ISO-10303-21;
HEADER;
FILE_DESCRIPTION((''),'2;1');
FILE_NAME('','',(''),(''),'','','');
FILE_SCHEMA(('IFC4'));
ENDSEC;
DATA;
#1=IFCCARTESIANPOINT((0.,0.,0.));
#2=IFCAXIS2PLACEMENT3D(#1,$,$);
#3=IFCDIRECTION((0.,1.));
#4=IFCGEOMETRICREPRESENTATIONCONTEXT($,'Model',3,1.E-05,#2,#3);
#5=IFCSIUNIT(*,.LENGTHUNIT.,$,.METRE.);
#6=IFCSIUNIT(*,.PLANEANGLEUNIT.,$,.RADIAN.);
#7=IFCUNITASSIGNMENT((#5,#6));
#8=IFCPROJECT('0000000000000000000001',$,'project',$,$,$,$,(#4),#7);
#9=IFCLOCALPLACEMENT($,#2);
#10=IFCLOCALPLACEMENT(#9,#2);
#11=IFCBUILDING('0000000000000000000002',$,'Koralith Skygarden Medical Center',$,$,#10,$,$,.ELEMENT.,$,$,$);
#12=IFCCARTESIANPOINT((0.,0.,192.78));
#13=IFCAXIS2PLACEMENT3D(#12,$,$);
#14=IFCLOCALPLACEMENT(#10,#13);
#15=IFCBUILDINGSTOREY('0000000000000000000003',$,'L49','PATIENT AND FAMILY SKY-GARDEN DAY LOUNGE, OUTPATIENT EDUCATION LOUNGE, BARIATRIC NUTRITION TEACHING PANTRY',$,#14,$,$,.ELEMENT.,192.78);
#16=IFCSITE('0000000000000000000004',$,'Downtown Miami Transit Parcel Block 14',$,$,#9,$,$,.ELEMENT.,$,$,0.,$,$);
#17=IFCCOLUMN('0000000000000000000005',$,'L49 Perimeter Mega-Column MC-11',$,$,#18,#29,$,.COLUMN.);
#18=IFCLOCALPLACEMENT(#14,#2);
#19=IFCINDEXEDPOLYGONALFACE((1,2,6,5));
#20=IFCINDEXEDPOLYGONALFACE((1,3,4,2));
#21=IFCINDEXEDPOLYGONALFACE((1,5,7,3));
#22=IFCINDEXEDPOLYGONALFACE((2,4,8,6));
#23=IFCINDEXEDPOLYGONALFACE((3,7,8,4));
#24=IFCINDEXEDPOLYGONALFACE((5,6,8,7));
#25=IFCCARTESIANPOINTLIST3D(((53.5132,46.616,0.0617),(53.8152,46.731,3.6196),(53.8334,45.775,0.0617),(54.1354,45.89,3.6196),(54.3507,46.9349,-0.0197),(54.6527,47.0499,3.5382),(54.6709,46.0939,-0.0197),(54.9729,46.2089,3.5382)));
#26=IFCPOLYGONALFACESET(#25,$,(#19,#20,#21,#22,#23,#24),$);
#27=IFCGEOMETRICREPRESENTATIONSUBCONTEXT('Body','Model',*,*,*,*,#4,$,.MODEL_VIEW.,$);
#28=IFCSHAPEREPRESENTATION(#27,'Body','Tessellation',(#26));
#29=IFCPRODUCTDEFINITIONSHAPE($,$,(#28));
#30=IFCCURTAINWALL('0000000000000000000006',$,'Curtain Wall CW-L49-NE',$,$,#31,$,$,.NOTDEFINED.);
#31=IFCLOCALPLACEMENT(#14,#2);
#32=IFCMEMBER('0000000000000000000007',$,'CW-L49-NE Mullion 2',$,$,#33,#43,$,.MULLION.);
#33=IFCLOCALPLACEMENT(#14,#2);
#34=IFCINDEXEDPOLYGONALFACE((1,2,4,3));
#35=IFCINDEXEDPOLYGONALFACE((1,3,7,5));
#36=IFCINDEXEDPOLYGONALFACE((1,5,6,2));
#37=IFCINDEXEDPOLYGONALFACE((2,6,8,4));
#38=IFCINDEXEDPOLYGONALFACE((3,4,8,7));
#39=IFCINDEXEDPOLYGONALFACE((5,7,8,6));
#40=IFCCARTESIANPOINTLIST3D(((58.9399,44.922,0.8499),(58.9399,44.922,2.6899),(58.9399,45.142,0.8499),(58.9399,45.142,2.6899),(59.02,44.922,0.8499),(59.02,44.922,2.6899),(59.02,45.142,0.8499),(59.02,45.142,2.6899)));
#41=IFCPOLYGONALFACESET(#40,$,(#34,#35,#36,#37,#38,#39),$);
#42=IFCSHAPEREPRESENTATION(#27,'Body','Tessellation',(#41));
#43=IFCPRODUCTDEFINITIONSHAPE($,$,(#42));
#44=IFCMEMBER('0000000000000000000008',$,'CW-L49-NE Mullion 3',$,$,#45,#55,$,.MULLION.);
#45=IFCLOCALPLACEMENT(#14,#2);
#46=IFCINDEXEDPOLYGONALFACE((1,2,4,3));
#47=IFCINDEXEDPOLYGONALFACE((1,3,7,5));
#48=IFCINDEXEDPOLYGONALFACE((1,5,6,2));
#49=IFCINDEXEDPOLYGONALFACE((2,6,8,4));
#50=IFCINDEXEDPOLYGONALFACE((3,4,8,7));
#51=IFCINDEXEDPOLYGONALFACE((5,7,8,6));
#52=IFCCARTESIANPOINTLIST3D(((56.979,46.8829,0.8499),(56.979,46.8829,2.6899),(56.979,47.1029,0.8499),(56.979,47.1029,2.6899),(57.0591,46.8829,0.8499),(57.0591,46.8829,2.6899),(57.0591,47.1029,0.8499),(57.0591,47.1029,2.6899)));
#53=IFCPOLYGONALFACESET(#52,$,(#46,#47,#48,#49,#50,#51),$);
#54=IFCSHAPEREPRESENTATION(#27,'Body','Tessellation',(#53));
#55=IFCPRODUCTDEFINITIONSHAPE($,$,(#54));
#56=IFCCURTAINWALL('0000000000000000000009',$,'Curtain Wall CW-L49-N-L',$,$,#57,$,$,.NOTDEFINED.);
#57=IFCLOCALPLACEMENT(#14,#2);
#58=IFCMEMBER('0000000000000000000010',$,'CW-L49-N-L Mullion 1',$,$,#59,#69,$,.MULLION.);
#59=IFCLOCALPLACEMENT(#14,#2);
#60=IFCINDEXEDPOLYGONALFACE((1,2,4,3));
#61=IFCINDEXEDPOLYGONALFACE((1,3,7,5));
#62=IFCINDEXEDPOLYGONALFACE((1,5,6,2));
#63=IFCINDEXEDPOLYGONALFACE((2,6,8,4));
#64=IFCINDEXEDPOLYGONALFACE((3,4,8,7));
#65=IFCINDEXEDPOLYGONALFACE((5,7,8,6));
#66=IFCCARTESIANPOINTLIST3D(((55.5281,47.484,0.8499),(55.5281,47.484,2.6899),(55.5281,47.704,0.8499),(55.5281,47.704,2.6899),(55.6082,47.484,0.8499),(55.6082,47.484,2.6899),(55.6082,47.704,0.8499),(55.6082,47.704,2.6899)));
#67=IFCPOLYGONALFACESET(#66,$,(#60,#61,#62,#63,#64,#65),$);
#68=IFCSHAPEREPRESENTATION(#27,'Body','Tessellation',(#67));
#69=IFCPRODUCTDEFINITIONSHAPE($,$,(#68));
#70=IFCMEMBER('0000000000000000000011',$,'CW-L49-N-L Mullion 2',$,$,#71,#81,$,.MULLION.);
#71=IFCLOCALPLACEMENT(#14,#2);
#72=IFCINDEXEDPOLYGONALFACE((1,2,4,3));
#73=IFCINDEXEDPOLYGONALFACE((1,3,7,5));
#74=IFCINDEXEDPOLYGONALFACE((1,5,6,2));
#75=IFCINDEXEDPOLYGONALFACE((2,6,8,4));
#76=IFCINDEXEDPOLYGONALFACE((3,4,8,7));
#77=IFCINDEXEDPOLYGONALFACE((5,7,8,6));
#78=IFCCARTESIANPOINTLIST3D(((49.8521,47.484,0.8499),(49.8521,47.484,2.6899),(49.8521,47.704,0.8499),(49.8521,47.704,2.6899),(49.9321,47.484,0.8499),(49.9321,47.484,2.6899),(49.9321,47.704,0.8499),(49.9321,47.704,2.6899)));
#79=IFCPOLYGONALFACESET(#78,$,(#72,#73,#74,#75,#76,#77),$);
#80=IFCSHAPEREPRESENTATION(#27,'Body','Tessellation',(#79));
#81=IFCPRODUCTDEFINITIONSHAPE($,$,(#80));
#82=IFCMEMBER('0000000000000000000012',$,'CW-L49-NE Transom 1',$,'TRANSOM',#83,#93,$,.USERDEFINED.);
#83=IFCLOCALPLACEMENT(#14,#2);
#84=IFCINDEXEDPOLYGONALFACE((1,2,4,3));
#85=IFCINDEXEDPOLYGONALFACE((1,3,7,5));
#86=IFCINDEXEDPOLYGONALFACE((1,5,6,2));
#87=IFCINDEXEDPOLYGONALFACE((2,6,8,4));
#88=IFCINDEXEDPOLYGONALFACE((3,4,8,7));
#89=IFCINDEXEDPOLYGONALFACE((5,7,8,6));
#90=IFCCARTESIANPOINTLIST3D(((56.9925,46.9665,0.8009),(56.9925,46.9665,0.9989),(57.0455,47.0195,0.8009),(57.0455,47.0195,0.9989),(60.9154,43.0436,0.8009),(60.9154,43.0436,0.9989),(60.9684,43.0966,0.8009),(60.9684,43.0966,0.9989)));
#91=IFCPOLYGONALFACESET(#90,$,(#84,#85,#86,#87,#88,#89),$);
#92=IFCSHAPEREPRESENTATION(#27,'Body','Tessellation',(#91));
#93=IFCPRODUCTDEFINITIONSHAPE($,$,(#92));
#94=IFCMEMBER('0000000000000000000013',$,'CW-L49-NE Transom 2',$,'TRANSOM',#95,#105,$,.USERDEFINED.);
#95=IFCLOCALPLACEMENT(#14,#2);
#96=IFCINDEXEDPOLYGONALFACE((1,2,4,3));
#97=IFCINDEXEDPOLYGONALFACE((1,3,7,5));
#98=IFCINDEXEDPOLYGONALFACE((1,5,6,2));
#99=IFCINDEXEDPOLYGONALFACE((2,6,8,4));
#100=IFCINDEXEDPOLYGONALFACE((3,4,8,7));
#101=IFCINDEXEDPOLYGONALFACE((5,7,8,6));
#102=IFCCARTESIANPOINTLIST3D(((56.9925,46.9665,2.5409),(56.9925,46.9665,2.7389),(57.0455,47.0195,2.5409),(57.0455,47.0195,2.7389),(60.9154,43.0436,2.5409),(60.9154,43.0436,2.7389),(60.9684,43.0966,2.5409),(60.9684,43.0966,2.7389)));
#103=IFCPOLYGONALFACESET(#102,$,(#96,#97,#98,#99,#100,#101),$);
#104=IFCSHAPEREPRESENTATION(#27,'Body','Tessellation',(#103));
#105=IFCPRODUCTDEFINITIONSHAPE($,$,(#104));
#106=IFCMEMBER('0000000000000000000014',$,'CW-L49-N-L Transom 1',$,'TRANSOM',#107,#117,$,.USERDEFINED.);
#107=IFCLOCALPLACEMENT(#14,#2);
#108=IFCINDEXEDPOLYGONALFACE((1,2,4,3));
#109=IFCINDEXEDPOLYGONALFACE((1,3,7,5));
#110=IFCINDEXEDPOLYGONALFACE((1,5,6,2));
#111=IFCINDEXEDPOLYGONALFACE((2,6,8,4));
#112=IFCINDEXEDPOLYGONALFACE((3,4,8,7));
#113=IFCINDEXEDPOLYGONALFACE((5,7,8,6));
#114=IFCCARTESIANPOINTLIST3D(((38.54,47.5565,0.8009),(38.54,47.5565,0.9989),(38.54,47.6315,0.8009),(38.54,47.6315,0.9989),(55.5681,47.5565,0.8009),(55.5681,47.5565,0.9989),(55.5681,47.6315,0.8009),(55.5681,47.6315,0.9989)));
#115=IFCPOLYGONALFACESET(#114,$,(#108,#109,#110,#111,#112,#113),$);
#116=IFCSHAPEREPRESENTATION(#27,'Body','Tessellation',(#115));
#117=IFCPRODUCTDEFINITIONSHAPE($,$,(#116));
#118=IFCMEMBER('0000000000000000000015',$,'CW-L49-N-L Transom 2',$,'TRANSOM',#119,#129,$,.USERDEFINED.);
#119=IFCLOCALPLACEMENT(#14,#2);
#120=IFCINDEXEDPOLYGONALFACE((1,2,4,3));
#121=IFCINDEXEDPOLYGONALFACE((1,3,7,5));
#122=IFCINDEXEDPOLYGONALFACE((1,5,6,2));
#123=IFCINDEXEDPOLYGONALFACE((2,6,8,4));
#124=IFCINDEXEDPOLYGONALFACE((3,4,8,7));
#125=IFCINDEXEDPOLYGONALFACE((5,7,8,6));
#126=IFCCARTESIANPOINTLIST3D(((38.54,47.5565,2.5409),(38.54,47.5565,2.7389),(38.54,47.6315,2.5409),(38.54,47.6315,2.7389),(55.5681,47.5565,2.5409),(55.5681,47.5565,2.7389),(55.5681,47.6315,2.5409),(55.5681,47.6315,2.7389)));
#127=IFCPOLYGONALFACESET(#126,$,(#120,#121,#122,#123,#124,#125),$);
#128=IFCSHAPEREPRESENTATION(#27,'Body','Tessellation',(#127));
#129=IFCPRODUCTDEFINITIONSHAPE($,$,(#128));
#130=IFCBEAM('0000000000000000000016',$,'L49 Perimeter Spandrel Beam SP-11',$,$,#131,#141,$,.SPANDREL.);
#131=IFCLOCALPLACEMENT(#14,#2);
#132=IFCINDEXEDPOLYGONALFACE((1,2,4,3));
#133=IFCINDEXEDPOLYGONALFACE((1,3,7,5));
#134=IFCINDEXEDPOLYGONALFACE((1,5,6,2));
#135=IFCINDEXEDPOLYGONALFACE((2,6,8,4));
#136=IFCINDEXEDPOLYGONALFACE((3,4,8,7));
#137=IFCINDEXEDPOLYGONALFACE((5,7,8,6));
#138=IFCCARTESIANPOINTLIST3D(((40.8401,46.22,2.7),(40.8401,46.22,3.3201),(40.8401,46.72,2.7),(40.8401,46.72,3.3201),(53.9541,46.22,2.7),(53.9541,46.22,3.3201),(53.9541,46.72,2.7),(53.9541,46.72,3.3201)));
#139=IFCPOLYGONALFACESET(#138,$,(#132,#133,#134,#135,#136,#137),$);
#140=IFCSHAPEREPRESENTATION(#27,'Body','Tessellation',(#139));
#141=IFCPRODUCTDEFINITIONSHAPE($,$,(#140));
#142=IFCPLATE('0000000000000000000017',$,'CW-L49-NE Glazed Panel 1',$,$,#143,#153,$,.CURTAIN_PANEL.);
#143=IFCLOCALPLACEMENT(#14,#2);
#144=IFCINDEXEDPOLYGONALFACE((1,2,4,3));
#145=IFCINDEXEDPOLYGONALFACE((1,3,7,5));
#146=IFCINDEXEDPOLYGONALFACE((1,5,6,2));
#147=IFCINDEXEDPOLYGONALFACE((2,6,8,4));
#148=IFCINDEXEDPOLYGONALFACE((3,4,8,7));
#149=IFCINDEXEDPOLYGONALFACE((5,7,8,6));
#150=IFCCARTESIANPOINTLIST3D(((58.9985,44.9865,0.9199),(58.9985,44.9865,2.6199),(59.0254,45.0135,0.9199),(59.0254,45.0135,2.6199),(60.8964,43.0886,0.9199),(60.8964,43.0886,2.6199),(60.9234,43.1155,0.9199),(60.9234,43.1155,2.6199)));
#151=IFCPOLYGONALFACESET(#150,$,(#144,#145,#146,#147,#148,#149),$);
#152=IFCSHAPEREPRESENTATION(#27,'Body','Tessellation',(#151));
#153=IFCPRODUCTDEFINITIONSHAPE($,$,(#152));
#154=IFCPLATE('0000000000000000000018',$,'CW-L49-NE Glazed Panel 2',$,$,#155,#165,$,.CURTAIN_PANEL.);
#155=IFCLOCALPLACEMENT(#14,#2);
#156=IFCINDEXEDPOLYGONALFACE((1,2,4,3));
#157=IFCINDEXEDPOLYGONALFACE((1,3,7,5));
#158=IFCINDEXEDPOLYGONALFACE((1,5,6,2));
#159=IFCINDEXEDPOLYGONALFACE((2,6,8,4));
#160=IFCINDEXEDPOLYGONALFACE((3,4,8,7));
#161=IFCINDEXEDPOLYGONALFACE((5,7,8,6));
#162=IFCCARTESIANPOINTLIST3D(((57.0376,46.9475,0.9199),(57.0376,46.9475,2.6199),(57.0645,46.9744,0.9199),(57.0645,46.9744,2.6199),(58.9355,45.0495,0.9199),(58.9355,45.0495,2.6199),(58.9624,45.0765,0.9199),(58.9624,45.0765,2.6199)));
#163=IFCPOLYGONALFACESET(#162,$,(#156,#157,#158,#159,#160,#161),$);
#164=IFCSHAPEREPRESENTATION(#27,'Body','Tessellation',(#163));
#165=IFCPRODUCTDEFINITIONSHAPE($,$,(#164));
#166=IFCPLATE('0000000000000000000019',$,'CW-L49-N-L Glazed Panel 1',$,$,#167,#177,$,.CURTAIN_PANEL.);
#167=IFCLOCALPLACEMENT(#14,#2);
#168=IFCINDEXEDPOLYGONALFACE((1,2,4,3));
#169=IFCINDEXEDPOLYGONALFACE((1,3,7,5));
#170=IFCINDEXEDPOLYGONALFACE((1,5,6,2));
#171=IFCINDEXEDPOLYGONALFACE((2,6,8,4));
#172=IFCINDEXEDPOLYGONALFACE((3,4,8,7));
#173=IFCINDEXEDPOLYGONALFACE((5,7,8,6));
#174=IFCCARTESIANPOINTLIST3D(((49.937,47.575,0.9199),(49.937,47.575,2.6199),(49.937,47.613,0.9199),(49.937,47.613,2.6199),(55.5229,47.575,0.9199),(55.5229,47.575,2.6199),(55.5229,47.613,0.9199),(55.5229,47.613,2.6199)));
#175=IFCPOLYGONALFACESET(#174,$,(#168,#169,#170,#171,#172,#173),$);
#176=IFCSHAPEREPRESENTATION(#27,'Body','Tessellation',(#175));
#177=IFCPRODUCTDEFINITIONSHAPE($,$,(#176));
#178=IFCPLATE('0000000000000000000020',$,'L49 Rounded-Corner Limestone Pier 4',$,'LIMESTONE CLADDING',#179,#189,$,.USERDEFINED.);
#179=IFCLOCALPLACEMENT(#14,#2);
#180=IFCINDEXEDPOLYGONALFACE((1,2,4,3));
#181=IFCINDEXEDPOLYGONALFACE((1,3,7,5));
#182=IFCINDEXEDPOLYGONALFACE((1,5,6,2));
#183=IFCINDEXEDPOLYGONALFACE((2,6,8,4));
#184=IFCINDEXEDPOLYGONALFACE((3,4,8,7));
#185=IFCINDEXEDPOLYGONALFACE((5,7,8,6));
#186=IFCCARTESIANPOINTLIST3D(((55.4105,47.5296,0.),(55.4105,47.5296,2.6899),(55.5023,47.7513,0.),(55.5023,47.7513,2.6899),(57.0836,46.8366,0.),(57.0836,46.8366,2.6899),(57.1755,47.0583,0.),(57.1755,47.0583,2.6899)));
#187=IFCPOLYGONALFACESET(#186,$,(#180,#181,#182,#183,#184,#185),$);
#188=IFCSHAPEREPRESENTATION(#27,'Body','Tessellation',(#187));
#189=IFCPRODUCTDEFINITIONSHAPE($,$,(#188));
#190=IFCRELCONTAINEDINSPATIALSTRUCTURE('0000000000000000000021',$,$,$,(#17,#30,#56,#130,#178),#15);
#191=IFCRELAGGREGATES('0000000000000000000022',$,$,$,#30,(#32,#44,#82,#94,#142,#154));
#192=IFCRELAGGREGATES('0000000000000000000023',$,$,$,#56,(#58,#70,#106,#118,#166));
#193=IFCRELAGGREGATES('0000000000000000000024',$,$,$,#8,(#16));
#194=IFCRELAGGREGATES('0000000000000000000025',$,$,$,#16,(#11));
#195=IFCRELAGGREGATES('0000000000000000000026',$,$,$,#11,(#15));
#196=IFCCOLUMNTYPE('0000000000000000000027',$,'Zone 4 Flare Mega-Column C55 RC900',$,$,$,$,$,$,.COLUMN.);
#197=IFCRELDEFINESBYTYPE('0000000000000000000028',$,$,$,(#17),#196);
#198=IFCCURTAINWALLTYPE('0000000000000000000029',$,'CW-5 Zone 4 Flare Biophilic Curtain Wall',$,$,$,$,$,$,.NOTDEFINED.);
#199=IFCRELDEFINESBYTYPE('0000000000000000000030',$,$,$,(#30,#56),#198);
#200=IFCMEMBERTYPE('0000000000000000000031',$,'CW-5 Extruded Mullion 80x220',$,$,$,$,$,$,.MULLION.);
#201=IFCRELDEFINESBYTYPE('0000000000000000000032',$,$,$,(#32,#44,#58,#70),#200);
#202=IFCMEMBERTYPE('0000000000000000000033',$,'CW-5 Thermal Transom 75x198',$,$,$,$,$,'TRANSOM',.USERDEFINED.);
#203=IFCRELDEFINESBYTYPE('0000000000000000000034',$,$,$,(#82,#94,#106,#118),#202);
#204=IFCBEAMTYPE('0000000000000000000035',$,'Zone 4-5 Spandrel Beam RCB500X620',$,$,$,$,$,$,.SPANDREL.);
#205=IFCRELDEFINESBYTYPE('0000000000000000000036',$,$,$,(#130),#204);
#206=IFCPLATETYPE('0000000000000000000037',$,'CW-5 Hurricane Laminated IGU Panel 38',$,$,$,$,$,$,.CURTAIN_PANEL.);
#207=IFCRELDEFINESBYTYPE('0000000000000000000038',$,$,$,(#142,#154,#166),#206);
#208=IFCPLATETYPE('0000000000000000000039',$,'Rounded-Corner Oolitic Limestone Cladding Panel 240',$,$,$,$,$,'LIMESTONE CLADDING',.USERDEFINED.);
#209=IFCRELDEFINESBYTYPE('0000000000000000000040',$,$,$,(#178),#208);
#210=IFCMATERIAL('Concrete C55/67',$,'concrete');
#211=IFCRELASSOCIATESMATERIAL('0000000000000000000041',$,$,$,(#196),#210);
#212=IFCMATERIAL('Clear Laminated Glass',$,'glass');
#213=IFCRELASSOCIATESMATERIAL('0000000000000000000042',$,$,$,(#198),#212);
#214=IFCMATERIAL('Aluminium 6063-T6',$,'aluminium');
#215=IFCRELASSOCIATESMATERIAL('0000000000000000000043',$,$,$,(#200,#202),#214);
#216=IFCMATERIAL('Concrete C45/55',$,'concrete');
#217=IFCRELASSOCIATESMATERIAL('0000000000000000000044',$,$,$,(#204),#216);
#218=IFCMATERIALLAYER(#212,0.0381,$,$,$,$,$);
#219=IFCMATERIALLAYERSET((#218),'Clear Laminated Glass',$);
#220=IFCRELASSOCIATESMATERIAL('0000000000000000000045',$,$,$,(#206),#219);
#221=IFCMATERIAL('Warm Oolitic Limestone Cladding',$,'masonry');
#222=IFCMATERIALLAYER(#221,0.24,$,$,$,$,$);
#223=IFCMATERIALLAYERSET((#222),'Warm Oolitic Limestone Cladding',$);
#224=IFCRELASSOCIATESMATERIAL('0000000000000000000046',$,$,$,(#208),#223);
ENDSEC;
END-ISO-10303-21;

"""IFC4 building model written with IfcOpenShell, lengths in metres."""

from ifc_helpers import new_model, si_unit, direction, frame, origin, origin_2d, place, context, subcontext, project, spatial, rectangle, extrude, material, layer, layer_set, material_profile, profile_set, type_object, element, aggregate, save


model = new_model("IFC4")

# Units and contexts
model_context = context("Model", 3, precision=1e-05, world=origin(), true_north=direction((0.0, 1.0)))
body_context = subcontext(model_context, "Body", "Model", "MODEL_VIEW")
ifc_project = project(units=[si_unit("LENGTHUNIT", "METRE"), si_unit("PLANEANGLEUNIT", "RADIAN")], contexts=[model_context])

# Site, building, storey
site_placement = place(None, origin())
site = spatial("IfcSite", under=ifc_project, at=site_placement, Name="Downtown Miami Transit Parcel Block 14", CompositionType="ELEMENT", RefElevation=0.0)
building_placement = place(site_placement, origin())
building = spatial("IfcBuilding", under=site, at=building_placement, Name="Koralith Skygarden Medical Center", CompositionType="ELEMENT")
storey_placement = place(building_placement, frame((0.0, 0.0, 192.78)))
storey = spatial("IfcBuildingStorey", under=building, at=storey_placement, Name="L49", Description="PATIENT AND FAMILY SKY-GARDEN DAY LOUNGE, OUTPATIENT EDUCATION LOUNGE, BARIATRIC NUTRITION TEACHING PANTRY", CompositionType="ELEMENT", Elevation=192.78)

# Column
ifc_material_1 = material(Name="Concrete C55/67", Category="concrete")
ifc_material_profile_1 = material_profile(ifc_material_1, rectangle(XDim=0.8999, YDim=0.8999, at=origin_2d()), Name="RC900X900")
ifc_profile_set_1 = profile_set([ifc_material_profile_1], Name="Concrete C55/67")
column_type = type_object("IfcColumnType", Name="Zone 4 Flare Mega-Column C55 RC900", PredefinedType="COLUMN", material=ifc_profile_set_1)
column_placement = place(storey_placement, frame((54.092, 46.355, 0.021), z_axis=(0.084535, 0.032188, 0.9959), x_axis=(-0.355838, 0.934548, 0.0)))
element("IfcColumn", 1, at=column_placement, inside=storey, type_object=column_type, Name="L49 Perimeter Mega-Column MC-11", PredefinedType="COLUMN", context=body_context, shape_type="SweptSolid", body=[
    extrude(rectangle(XDim=0.8999, YDim=0.8999, at=origin_2d()), origin(), (0.0, 0.0, 1.0), 3.5725),
])

# Curtain walls, members
ifc_material_2 = material(Name="Clear Laminated Glass", Category="glass")
curtain_wall_type = type_object("IfcCurtainWallType", Name="CW-5 Zone 4 Flare Biophilic Curtain Wall", PredefinedType="NOTDEFINED", material=ifc_material_2)
curtain_wall_1_placement = place(storey_placement, origin())
curtain_wall_1 = element("IfcCurtainWall", 2, at=curtain_wall_1_placement, inside=storey, type_object=curtain_wall_type, Name="Curtain Wall CW-L49-NE", PredefinedType="NOTDEFINED")
ifc_material_3 = material(Name="Aluminium 6063-T6", Category="aluminium")
ifc_material_profile_2 = material_profile(ifc_material_3, rectangle(XDim=0.0801, YDim=0.22, at=origin_2d()), Name="MUL80X220")
ifc_profile_set_2 = profile_set([ifc_material_profile_2], Name="Aluminium 6063-T6")
member_type_1 = type_object("IfcMemberType", Name="CW-5 Extruded Mullion 80x220", PredefinedType="MULLION", material=ifc_profile_set_2)
member_1_placement = place(storey_placement, frame((58.98, 45.032, 0.8499), z_axis=(0.0, 0.0, 1.0), x_axis=(1.0, 0.0, 0.0)))
member_1 = element("IfcMember", 3, at=member_1_placement, type_object=member_type_1, Name="CW-L49-NE Mullion 2", PredefinedType="MULLION", context=body_context, shape_type="SweptSolid", body=[
    extrude(rectangle(XDim=0.0801, YDim=0.22, at=origin_2d()), origin(), (0.0, 0.0, 1.0), 1.8401),
])
member_2_placement = place(storey_placement, frame((57.019, 46.9929, 0.8499), z_axis=(0.0, 0.0, 1.0), x_axis=(1.0, 0.0, 0.0)))
member_2 = element("IfcMember", 4, at=member_2_placement, type_object=member_type_1, Name="CW-L49-NE Mullion 3", PredefinedType="MULLION", context=body_context, shape_type="SweptSolid", body=[
    extrude(rectangle(XDim=0.0801, YDim=0.22, at=origin_2d()), origin(), (0.0, 0.0, 1.0), 1.8401),
])
curtain_wall_2_placement = place(storey_placement, origin())
curtain_wall_2 = element("IfcCurtainWall", 5, at=curtain_wall_2_placement, inside=storey, type_object=curtain_wall_type, Name="Curtain Wall CW-L49-N-L", PredefinedType="NOTDEFINED")
member_3_placement = place(storey_placement, frame((55.5681, 47.594, 0.8499), z_axis=(0.0, 0.0, 1.0), x_axis=(1.0, 0.0, 0.0)))
member_3 = element("IfcMember", 6, at=member_3_placement, type_object=member_type_1, Name="CW-L49-N-L Mullion 1", PredefinedType="MULLION", context=body_context, shape_type="SweptSolid", body=[
    extrude(rectangle(XDim=0.0801, YDim=0.22, at=origin_2d()), origin(), (0.0, 0.0, 1.0), 1.8401),
])
member_4_placement = place(storey_placement, frame((49.8921, 47.594, 0.8499), z_axis=(0.0, 0.0, 1.0), x_axis=(1.0, 0.0, 0.0)))
member_4 = element("IfcMember", 7, at=member_4_placement, type_object=member_type_1, Name="CW-L49-N-L Mullion 2", PredefinedType="MULLION", context=body_context, shape_type="SweptSolid", body=[
    extrude(rectangle(XDim=0.0801, YDim=0.22, at=origin_2d()), origin(), (0.0, 0.0, 1.0), 1.8401),
])

# Members
ifc_material_profile_3 = material_profile(ifc_material_3, rectangle(XDim=0.075, YDim=0.198, at=origin_2d()), Name="TRN75X198")
ifc_profile_set_3 = profile_set([ifc_material_profile_3], Name="Aluminium 6063-T6")
member_type_2 = type_object("IfcMemberType", Name="CW-5 Thermal Transom 75x198", ElementType="TRANSOM", PredefinedType="USERDEFINED", material=ifc_profile_set_3)
member_5_placement = place(storey_placement, frame((60.9419, 43.0701, 0.8999), z_axis=(-0.707107, 0.707107, 0.0), x_axis=(-0.707107, -0.707107, 0.0)))
member_5 = element("IfcMember", 8, at=member_5_placement, type_object=member_type_2, Name="CW-L49-NE Transom 1", ObjectType="TRANSOM", PredefinedType="USERDEFINED", context=body_context, shape_type="SweptSolid", body=[
    extrude(rectangle(XDim=0.075, YDim=0.198, at=origin_2d()), origin(), (0.0, 0.0, 1.0), 5.5479),
])
member_6_placement = place(storey_placement, frame((60.9419, 43.0701, 2.6399), z_axis=(-0.707107, 0.707107, 0.0), x_axis=(-0.707107, -0.707107, 0.0)))
member_6 = element("IfcMember", 9, at=member_6_placement, type_object=member_type_2, Name="CW-L49-NE Transom 2", ObjectType="TRANSOM", PredefinedType="USERDEFINED", context=body_context, shape_type="SweptSolid", body=[
    extrude(rectangle(XDim=0.075, YDim=0.198, at=origin_2d()), origin(), (0.0, 0.0, 1.0), 5.5479),
])
member_7_placement = place(storey_placement, frame((55.5681, 47.594, 0.8999), z_axis=(-1.0, 0.0, 0.0), x_axis=(0.0, -1.0, 0.0)))
member_7 = element("IfcMember", 10, at=member_7_placement, type_object=member_type_2, Name="CW-L49-N-L Transom 1", ObjectType="TRANSOM", PredefinedType="USERDEFINED", context=body_context, shape_type="SweptSolid", body=[
    extrude(rectangle(XDim=0.075, YDim=0.198, at=origin_2d()), origin(), (0.0, 0.0, 1.0), 17.0281),
])
member_8_placement = place(storey_placement, frame((55.5681, 47.594, 2.6399), z_axis=(-1.0, 0.0, 0.0), x_axis=(0.0, -1.0, 0.0)))
member_8 = element("IfcMember", 11, at=member_8_placement, type_object=member_type_2, Name="CW-L49-N-L Transom 2", ObjectType="TRANSOM", PredefinedType="USERDEFINED", context=body_context, shape_type="SweptSolid", body=[
    extrude(rectangle(XDim=0.075, YDim=0.198, at=origin_2d()), origin(), (0.0, 0.0, 1.0), 17.0281),
])

# Beam
ifc_material_4 = material(Name="Concrete C45/55", Category="concrete")
ifc_material_profile_4 = material_profile(ifc_material_4, rectangle(XDim=0.5, YDim=0.6201, at=origin_2d()), Name="RCB500X620")
ifc_profile_set_4 = profile_set([ifc_material_profile_4], Name="Concrete C45/55")
beam_type = type_object("IfcBeamType", Name="Zone 4-5 Spandrel Beam RCB500X620", PredefinedType="SPANDREL", material=ifc_profile_set_4)
beam_placement = place(storey_placement, frame((53.9541, 46.47, 3.01), z_axis=(-1.0, 0.0, 0.0), x_axis=(0.0, -1.0, 0.0)))
element("IfcBeam", 12, at=beam_placement, inside=storey, type_object=beam_type, Name="L49 Perimeter Spandrel Beam SP-11", PredefinedType="SPANDREL", context=body_context, shape_type="SweptSolid", body=[
    extrude(rectangle(XDim=0.5, YDim=0.6201, at=origin_2d()), origin(), (0.0, 0.0, 1.0), 13.114),
])

# Plates
ifc_layer_1 = layer(ifc_material_2, 0.0381)
ifc_layer_set_1 = layer_set([ifc_layer_1], Name="Clear Laminated Glass")
plate_type_1 = type_object("IfcPlateType", Name="CW-5 Hurricane Laminated IGU Panel 38", PredefinedType="CURTAIN_PANEL", material=ifc_layer_set_1)
plate_1_placement = place(storey_placement, frame((59.9609, 44.051, 0.9199), z_axis=(0.0, 0.0, 1.0), x_axis=(-0.707107, 0.707107, 0.0)))
plate_1 = element("IfcPlate", 13, at=plate_1_placement, type_object=plate_type_1, Name="CW-L49-NE Glazed Panel 1", PredefinedType="CURTAIN_PANEL", context=body_context, shape_type="SweptSolid", body=[
    extrude(rectangle(XDim=2.6841, YDim=0.0381, at=origin_2d()), origin(), (0.0, 0.0, 1.0), 1.7),
])
plate_2_placement = place(storey_placement, frame((58.0, 46.012, 0.9199), z_axis=(0.0, 0.0, 1.0), x_axis=(-0.707107, 0.707107, 0.0)))
plate_2 = element("IfcPlate", 14, at=plate_2_placement, type_object=plate_type_1, Name="CW-L49-NE Glazed Panel 2", PredefinedType="CURTAIN_PANEL", context=body_context, shape_type="SweptSolid", body=[
    extrude(rectangle(XDim=2.6841, YDim=0.0381, at=origin_2d()), origin(), (0.0, 0.0, 1.0), 1.7),
])
aggregate(curtain_wall_1, [member_1, member_2, member_5, member_6, plate_1, plate_2])
plate_3_placement = place(storey_placement, frame((52.73, 47.594, 0.9199), z_axis=(0.0, 0.0, 1.0), x_axis=(-1.0, 0.0, 0.0)))
plate_3 = element("IfcPlate", 15, at=plate_3_placement, type_object=plate_type_1, Name="CW-L49-N-L Glazed Panel 1", PredefinedType="CURTAIN_PANEL", context=body_context, shape_type="SweptSolid", body=[
    extrude(rectangle(XDim=5.5859, YDim=0.0381, at=origin_2d()), origin(), (0.0, 0.0, 1.0), 1.7),
])
aggregate(curtain_wall_2, [member_3, member_4, member_7, member_8, plate_3])
ifc_material_5 = material(Name="Warm Oolitic Limestone Cladding", Category="masonry")
ifc_layer_2 = layer(ifc_material_5, 0.24)
ifc_layer_set_2 = layer_set([ifc_layer_2], Name="Warm Oolitic Limestone Cladding")
plate_type_2 = type_object("IfcPlateType", Name="Rounded-Corner Oolitic Limestone Cladding Panel 240", ElementType="LIMESTONE CLADDING", PredefinedType="USERDEFINED", material=ifc_layer_set_2)
plate_4_placement = place(storey_placement, frame((56.293, 47.2939, 0.0), z_axis=(0.0, 0.0, 1.0), x_axis=(-0.923885, 0.382671, 0.0)))
element("IfcPlate", 16, at=plate_4_placement, inside=storey, type_object=plate_type_2, Name="L49 Rounded-Corner Limestone Pier 4", ObjectType="LIMESTONE CLADDING", PredefinedType="USERDEFINED", context=body_context, shape_type="SweptSolid", body=[
    extrude(rectangle(XDim=1.811, YDim=0.24, at=origin_2d()), origin(), (0.0, 0.0, 1.0), 2.6899),
])

save(model, "model.ifc")
